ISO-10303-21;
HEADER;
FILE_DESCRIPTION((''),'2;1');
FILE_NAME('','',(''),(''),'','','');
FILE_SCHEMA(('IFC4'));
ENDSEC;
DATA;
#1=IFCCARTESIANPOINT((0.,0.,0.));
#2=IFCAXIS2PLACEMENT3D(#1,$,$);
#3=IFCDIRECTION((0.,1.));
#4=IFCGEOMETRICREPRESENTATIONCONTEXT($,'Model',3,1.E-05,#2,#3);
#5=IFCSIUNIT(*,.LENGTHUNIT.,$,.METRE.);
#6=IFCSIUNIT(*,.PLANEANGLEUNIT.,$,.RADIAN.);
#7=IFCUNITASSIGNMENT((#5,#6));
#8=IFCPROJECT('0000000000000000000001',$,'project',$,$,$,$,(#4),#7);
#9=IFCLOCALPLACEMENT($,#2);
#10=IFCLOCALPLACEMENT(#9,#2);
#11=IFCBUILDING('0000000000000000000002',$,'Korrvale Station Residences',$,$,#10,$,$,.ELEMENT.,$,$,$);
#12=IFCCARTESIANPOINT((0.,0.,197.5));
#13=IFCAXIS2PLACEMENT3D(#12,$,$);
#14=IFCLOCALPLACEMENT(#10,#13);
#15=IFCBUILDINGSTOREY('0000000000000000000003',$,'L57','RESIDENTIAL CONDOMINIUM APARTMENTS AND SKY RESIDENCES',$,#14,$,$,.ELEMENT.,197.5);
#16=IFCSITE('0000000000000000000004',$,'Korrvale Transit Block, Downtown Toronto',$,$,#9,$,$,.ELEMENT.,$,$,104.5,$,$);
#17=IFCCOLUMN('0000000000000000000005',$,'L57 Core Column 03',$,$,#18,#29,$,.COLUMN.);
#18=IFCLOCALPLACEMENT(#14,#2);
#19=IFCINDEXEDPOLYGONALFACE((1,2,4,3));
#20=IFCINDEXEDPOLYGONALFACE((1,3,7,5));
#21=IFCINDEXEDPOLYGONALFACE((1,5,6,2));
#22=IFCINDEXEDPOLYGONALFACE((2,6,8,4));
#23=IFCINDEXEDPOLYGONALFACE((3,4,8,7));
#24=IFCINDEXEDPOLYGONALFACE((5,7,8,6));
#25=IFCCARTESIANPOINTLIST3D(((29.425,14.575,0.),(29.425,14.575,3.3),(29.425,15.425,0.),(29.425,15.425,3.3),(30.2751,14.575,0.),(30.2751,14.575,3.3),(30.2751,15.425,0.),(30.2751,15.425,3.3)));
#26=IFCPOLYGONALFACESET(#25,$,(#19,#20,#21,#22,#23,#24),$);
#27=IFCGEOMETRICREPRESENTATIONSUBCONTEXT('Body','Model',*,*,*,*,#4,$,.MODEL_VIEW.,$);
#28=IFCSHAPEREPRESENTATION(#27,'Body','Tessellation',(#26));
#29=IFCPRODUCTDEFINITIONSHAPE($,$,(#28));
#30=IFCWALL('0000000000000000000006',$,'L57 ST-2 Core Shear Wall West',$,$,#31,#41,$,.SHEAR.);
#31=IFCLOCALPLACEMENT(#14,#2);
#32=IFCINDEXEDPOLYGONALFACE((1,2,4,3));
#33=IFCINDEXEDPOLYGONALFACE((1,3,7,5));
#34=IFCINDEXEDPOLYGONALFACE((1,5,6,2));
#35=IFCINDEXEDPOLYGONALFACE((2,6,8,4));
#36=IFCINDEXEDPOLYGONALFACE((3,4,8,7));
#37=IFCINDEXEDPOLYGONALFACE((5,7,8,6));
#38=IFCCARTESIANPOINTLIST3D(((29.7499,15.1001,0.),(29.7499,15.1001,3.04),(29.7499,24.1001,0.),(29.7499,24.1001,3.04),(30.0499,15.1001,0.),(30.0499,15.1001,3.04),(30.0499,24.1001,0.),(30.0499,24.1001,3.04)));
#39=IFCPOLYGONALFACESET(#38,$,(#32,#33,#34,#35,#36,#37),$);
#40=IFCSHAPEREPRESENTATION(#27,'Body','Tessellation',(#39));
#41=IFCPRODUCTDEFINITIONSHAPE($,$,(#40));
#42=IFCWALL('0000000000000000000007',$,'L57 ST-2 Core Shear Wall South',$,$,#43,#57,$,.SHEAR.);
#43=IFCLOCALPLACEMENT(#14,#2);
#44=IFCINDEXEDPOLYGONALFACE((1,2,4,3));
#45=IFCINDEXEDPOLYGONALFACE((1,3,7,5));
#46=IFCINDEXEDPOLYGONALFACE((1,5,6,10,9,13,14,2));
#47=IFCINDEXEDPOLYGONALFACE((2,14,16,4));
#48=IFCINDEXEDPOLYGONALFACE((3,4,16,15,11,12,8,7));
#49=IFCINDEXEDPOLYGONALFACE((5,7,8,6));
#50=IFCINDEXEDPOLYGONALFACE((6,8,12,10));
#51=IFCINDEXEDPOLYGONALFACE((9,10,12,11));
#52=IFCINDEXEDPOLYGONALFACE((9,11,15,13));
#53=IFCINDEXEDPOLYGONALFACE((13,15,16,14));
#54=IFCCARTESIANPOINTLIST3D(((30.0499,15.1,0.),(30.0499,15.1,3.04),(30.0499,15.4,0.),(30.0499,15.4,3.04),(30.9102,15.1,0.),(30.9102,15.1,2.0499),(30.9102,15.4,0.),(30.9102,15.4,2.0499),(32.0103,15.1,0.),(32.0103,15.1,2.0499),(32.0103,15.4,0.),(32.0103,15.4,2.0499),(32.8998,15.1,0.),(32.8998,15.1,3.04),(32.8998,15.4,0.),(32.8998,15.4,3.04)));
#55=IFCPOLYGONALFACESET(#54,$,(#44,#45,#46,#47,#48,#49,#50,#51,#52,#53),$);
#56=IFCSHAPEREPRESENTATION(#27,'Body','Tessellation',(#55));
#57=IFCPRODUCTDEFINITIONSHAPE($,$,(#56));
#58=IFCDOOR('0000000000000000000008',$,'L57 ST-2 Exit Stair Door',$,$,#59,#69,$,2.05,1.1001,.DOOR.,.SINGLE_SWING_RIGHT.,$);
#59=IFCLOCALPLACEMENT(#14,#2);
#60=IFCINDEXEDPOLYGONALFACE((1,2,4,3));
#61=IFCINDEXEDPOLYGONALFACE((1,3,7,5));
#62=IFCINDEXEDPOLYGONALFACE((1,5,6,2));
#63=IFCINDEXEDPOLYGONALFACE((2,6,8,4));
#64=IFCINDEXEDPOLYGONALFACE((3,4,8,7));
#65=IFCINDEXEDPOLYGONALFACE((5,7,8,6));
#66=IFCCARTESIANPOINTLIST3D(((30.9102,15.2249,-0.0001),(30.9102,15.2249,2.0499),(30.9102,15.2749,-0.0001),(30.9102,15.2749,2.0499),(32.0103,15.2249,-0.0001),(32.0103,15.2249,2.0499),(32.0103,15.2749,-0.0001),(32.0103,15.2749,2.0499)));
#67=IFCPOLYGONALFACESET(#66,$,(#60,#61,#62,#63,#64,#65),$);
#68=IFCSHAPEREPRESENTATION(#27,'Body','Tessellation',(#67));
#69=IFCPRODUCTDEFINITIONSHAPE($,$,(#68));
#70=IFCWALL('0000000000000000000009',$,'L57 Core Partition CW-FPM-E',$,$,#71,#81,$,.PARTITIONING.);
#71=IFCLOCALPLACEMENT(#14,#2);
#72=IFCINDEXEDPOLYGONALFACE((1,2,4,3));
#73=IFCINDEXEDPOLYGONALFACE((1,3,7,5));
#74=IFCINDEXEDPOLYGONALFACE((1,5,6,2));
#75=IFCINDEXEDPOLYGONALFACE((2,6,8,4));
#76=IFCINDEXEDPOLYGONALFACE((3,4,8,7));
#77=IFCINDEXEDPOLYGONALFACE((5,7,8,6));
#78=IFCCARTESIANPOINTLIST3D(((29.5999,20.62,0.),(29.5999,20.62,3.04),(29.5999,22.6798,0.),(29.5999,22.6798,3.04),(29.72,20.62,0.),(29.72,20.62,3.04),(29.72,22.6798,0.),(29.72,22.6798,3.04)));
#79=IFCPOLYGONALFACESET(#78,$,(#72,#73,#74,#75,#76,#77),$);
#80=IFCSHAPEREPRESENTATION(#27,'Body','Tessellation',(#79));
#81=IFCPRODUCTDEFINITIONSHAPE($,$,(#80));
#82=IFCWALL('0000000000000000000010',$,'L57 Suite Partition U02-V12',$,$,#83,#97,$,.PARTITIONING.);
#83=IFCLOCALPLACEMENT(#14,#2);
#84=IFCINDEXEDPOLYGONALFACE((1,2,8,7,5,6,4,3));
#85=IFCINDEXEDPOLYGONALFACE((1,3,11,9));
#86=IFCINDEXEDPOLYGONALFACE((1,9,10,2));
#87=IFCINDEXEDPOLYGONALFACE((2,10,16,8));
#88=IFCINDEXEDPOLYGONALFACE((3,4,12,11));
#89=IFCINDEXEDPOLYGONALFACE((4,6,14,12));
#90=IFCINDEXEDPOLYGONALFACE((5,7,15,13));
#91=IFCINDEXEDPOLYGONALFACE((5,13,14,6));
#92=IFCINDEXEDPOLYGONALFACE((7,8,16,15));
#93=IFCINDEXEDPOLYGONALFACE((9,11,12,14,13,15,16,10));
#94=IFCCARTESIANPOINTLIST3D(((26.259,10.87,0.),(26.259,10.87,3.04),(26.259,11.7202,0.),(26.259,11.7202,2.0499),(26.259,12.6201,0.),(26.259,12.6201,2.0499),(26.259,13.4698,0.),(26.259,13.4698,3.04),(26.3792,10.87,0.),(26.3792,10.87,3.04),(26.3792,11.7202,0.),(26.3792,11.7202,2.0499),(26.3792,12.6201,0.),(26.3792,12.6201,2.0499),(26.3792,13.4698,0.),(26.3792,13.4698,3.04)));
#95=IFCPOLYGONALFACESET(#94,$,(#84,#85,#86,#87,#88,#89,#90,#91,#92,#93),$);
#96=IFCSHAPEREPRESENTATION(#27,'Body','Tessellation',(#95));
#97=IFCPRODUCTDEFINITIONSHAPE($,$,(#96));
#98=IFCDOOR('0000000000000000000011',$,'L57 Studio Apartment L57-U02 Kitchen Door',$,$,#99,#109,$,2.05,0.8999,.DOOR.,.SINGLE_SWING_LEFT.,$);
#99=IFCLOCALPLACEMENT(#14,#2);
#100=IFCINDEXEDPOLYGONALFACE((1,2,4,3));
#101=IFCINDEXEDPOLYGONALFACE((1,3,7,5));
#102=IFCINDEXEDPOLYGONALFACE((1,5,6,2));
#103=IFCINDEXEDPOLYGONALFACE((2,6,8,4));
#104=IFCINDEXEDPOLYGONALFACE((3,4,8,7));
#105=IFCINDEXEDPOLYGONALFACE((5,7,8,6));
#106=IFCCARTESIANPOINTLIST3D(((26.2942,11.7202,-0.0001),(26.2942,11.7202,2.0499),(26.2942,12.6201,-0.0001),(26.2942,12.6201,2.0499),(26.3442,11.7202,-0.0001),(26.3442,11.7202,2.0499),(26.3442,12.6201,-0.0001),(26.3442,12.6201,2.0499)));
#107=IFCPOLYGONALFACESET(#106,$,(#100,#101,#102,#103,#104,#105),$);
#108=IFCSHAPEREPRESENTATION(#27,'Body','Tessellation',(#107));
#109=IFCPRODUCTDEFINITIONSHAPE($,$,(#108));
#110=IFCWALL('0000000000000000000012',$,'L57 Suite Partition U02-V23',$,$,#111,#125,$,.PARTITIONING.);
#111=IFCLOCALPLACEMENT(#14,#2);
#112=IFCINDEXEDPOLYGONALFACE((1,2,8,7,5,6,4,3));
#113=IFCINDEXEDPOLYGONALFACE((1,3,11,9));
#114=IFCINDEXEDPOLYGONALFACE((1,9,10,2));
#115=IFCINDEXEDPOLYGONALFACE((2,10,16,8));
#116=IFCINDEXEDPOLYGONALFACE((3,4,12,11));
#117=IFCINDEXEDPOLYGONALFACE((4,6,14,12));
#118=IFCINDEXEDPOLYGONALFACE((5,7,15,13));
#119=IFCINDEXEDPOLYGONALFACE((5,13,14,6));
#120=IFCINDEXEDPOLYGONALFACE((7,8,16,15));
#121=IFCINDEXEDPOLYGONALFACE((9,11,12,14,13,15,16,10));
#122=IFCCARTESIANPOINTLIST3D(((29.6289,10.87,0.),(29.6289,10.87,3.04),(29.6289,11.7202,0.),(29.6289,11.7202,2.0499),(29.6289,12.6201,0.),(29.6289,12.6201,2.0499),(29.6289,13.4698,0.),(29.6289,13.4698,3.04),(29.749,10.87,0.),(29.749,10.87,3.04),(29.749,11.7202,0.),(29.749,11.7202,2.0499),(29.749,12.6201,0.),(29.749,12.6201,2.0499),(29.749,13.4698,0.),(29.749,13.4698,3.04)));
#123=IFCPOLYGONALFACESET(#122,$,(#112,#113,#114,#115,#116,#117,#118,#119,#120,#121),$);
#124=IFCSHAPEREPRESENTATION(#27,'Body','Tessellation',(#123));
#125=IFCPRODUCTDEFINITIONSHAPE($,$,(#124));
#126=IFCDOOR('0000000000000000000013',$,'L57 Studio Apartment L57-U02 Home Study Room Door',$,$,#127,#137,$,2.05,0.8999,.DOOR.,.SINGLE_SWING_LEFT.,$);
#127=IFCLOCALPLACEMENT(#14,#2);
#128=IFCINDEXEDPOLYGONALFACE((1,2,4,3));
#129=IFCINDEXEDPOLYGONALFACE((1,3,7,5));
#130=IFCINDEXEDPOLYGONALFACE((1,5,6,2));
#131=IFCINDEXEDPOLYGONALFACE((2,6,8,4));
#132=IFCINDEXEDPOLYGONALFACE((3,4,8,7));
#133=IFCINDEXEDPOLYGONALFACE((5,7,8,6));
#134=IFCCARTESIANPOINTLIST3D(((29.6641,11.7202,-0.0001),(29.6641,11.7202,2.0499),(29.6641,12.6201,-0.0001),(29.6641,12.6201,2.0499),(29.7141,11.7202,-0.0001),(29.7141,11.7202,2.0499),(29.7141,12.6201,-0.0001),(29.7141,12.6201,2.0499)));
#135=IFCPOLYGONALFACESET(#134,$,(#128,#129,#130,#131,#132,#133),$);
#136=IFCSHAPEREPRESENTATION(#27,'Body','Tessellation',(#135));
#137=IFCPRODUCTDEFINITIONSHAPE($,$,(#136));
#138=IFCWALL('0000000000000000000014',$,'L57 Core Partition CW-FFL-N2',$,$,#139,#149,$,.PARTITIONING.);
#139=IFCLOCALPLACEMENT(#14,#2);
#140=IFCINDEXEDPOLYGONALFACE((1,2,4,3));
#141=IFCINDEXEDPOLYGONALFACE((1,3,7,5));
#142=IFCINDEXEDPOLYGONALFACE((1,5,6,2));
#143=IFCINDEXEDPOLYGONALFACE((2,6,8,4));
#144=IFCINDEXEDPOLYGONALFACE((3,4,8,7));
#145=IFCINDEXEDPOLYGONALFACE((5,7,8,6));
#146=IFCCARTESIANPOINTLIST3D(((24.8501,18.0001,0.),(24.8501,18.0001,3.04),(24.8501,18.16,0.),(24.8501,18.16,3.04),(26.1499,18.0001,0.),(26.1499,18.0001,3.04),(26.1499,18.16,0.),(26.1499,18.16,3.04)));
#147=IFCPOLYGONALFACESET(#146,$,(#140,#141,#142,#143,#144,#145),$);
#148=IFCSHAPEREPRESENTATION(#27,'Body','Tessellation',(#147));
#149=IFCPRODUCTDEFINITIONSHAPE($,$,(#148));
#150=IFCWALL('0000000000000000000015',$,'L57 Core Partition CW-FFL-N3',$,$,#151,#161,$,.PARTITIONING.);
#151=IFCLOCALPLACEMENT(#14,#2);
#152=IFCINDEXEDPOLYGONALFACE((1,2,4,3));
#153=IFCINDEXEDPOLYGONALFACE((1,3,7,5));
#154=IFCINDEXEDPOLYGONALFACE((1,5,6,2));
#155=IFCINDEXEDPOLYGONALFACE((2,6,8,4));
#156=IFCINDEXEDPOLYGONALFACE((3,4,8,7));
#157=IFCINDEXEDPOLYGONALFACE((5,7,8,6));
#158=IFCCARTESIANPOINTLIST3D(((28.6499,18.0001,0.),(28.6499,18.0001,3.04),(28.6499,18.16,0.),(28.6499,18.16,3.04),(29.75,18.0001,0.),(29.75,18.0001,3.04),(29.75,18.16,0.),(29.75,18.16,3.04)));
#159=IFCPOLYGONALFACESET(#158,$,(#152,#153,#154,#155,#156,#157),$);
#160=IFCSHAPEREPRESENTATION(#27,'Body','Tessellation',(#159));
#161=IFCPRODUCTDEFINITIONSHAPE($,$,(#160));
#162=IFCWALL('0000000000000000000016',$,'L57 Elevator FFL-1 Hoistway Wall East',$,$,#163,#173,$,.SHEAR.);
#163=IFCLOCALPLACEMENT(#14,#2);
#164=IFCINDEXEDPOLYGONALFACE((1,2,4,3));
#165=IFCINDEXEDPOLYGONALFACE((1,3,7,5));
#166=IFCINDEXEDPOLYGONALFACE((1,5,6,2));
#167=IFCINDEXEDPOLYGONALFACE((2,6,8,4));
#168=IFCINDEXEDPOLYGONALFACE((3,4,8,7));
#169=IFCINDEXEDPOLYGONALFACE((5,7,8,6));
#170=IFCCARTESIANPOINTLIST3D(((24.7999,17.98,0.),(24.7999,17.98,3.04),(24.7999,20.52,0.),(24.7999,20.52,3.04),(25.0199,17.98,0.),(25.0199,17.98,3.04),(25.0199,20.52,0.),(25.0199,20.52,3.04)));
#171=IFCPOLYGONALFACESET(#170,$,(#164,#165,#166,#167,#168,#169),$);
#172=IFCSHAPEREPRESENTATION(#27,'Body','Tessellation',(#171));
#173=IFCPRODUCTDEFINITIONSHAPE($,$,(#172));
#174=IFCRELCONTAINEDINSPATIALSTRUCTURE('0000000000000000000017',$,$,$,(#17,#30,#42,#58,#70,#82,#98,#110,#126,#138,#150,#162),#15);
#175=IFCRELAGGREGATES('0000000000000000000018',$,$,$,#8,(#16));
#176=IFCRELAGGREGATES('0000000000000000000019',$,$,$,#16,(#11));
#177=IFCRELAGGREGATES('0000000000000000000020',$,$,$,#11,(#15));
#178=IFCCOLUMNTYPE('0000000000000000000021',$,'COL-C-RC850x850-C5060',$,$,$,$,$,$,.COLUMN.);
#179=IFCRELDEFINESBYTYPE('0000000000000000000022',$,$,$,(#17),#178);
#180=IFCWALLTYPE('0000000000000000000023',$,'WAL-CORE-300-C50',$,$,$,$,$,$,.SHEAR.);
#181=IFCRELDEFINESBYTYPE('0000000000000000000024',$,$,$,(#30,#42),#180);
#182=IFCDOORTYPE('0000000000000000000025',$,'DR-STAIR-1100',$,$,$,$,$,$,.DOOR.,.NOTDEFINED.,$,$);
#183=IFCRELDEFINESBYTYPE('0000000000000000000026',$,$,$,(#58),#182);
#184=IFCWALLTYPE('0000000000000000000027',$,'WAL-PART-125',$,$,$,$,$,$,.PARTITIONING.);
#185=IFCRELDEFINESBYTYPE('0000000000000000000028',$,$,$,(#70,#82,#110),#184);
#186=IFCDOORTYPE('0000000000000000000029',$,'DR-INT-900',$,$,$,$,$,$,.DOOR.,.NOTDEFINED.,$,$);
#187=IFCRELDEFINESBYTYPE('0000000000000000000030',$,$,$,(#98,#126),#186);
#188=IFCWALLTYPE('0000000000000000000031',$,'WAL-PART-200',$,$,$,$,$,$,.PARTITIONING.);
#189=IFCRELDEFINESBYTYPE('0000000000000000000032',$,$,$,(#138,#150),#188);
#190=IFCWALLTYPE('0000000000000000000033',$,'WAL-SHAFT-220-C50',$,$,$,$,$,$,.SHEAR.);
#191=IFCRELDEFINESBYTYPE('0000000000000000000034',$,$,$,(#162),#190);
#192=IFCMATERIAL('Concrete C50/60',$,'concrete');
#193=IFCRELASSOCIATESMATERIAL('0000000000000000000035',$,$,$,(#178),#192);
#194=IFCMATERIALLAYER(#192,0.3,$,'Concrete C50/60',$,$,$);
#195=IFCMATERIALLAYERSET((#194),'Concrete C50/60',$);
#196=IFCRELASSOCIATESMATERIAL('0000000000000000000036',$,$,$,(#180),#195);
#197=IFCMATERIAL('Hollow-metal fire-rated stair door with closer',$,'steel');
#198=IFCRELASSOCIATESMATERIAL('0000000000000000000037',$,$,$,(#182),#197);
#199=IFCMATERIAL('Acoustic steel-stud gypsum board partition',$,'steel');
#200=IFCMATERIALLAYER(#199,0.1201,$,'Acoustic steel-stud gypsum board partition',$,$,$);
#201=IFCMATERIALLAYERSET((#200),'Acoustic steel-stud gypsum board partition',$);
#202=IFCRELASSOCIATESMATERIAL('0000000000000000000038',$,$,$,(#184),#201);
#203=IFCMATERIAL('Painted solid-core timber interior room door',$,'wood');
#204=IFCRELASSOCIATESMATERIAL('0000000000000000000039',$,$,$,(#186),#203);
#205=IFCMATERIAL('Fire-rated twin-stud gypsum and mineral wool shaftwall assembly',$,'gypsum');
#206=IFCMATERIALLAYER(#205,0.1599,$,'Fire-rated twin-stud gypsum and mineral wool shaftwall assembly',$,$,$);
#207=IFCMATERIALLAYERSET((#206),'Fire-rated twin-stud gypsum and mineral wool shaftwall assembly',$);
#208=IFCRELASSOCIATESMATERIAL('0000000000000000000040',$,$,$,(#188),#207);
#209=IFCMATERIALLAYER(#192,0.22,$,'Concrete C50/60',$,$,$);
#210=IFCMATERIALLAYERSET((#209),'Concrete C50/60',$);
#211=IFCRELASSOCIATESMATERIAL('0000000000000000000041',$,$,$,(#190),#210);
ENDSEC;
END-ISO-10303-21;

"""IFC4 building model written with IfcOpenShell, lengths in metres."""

from ifc_helpers import new_model, si_unit, direction, frame, frame_2d, origin, origin_2d, place, context, subcontext, project, spatial, rectangle, extrude, material, layer, layer_set, material_profile, profile_set, type_object, element, fill, save


model = new_model("IFC4")

# Units and contexts
model_context = context("Model", 3, precision=1e-05, world=origin(), true_north=direction((0.0, 1.0)))
body_context = subcontext(model_context, "Body", "Model", "MODEL_VIEW")
ifc_project = project(units=[si_unit("LENGTHUNIT", "METRE"), si_unit("PLANEANGLEUNIT", "RADIAN")], contexts=[model_context])

# Site, building, storey
site_placement = place(None, origin())
site = spatial("IfcSite", under=ifc_project, at=site_placement, Name="Korrvale Transit Block, Downtown Toronto", CompositionType="ELEMENT", RefElevation=104.5)
building_placement = place(site_placement, origin())
building = spatial("IfcBuilding", under=site, at=building_placement, Name="Korrvale Station Residences", CompositionType="ELEMENT")
storey_placement = place(building_placement, frame((0.0, 0.0, 197.5)))
storey = spatial("IfcBuildingStorey", under=building, at=storey_placement, Name="L57", Description="RESIDENTIAL CONDOMINIUM APARTMENTS AND SKY RESIDENCES", CompositionType="ELEMENT", Elevation=197.5)

# Column
ifc_material_1 = material(Name="Concrete C50/60", Category="concrete")
ifc_material_profile = material_profile(ifc_material_1, rectangle(XDim=0.8501, YDim=0.8501, at=origin_2d()), Name="RC850x850")
ifc_profile_set = profile_set([ifc_material_profile], Name="Concrete C50/60")
column_type = type_object("IfcColumnType", Name="COL-C-RC850x850-C5060", PredefinedType="COLUMN", material=ifc_profile_set)
column_placement = place(storey_placement, frame((29.8501, 15.0, 0.0), z_axis=(0.0, 0.0, 1.0), x_axis=(1.0, 0.0, 0.0)))
element("IfcColumn", 1, at=column_placement, inside=storey, type_object=column_type, Name="L57 Core Column 03", PredefinedType="COLUMN", context=body_context, shape_type="SweptSolid", body=[
    extrude(rectangle(XDim=0.8501, YDim=0.8501, at=origin_2d()), origin(), (0.0, 0.0, 1.0), 3.3),
])

# Wall
ifc_layer_1 = layer(ifc_material_1, 0.3, Name="Concrete C50/60")
ifc_layer_set_1 = layer_set([ifc_layer_1], Name="Concrete C50/60")
wall_type_1 = type_object("IfcWallType", Name="WAL-CORE-300-C50", PredefinedType="SHEAR", material=ifc_layer_set_1)
wall_1_placement = place(storey_placement, frame((29.8999, 15.1001, 0.0), z_axis=(0.0, 0.0, 1.0), x_axis=(0.0, 1.0, 0.0)))
element("IfcWall", 2, at=wall_1_placement, inside=storey, type_object=wall_type_1, Name="L57 ST-2 Core Shear Wall West", PredefinedType="SHEAR", context=body_context, shape_type="SweptSolid", body=[
    extrude(rectangle(XDim=9.0, YDim=0.3, at=frame_2d((4.5, 0.0))), origin(), (0.0, 0.0, 1.0), 3.04),
])

# Wall, opening, door
wall_2_placement = place(storey_placement, frame((30.05, 15.25, 0.0), z_axis=(0.0, 0.0, 1.0), x_axis=(1.0, 0.0, 0.0)))
wall_2 = element("IfcWall", 3, at=wall_2_placement, inside=storey, type_object=wall_type_1, Name="L57 ST-2 Core Shear Wall South", PredefinedType="SHEAR", context=body_context, shape_type="SweptSolid", body=[
    extrude(rectangle(XDim=2.8499, YDim=0.3, at=frame_2d((1.4248, 0.0))), origin(), (0.0, 0.0, 1.0), 3.04),
])
opening_1_placement = place(wall_2_placement, frame((0.8601, 0.0, 0.0)))
opening_1 = element("IfcOpeningElement", 4, at=opening_1_placement, cuts=wall_2, PredefinedType="OPENING", context=body_context, shape_type="SweptSolid", body=[
    extrude(rectangle(XDim=1.1001, YDim=2.05, at=frame_2d((0.55, 1.0249))), frame((0.0, 0.1602, 0.0), z_axis=(0.0, -1.0, 0.0), x_axis=(1.0, 0.0, 0.0)), (0.0, 0.0, 1.0), 0.3201),
])
ifc_material_2 = material(Name="Hollow-metal fire-rated stair door with closer", Category="steel")
door_type_1 = type_object("IfcDoorType", Name="DR-STAIR-1100", OperationType="NOTDEFINED", PredefinedType="DOOR", material=ifc_material_2)
door_1_placement = place(opening_1_placement, origin())
door_1 = element("IfcDoor", 5, at=door_1_placement, inside=storey, type_object=door_type_1, Name="L57 ST-2 Exit Stair Door", OperationType="SINGLE_SWING_RIGHT", OverallHeight=2.05, OverallWidth=1.1001, PredefinedType="DOOR", context=body_context, shape_type="SweptSolid", body=[
    extrude(rectangle(XDim=1.1001, YDim=2.05, at=frame_2d((0.55, 1.0249))), frame((0.0, 0.0249, 0.0), z_axis=(0.0, -1.0, 0.0), x_axis=(1.0, 0.0, 0.0)), (0.0, 0.0, 1.0), 0.05),
])
fill(opening_1, door_1)

# Wall
ifc_material_3 = material(Name="Acoustic steel-stud gypsum board partition", Category="steel")
ifc_layer_2 = layer(ifc_material_3, 0.1201, Name="Acoustic steel-stud gypsum board partition")
ifc_layer_set_2 = layer_set([ifc_layer_2], Name="Acoustic steel-stud gypsum board partition")
wall_type_2 = type_object("IfcWallType", Name="WAL-PART-125", PredefinedType="PARTITIONING", material=ifc_layer_set_2)
wall_3_placement = place(storey_placement, frame((29.6599, 20.6201, 0.0), z_axis=(0.0, 0.0, 1.0), x_axis=(0.0, 1.0, 0.0)))
element("IfcWall", 6, at=wall_3_placement, inside=storey, type_object=wall_type_2, Name="L57 Core Partition CW-FPM-E", PredefinedType="PARTITIONING", context=body_context, shape_type="SweptSolid", body=[
    extrude(rectangle(XDim=2.0598, YDim=0.1201, at=frame_2d((1.0298, 0.0))), origin(), (0.0, 0.0, 1.0), 3.04),
])

# Walls, openings, doors
wall_4_placement = place(storey_placement, frame((26.3191, 10.8701, 0.0), z_axis=(0.0, 0.0, 1.0), x_axis=(0.0, 1.0, 0.0)))
wall_4 = element("IfcWall", 7, at=wall_4_placement, inside=storey, type_object=wall_type_2, Name="L57 Suite Partition U02-V12", PredefinedType="PARTITIONING", context=body_context, shape_type="SweptSolid", body=[
    extrude(rectangle(XDim=2.5999, YDim=0.1201, at=frame_2d((1.2998, 0.0))), origin(), (0.0, 0.0, 1.0), 3.04),
])
opening_2_placement = place(wall_4_placement, frame((0.8501, 0.0, 0.0)))
opening_2 = element("IfcOpeningElement", 8, at=opening_2_placement, cuts=wall_4, PredefinedType="OPENING", context=body_context, shape_type="SweptSolid", body=[
    extrude(rectangle(XDim=0.8999, YDim=2.05, at=frame_2d((0.45, 1.0249))), frame((0.0, 0.0701, 0.0), z_axis=(0.0, -1.0, 0.0), x_axis=(1.0, 0.0, 0.0)), (0.0, 0.0, 1.0), 0.1401),
])
ifc_material_4 = material(Name="Painted solid-core timber interior room door", Category="wood")
door_type_2 = type_object("IfcDoorType", Name="DR-INT-900", OperationType="NOTDEFINED", PredefinedType="DOOR", material=ifc_material_4)
door_2_placement = place(opening_2_placement, origin())
door_2 = element("IfcDoor", 9, at=door_2_placement, inside=storey, type_object=door_type_2, Name="L57 Studio Apartment L57-U02 Kitchen Door", OperationType="SINGLE_SWING_LEFT", OverallHeight=2.05, OverallWidth=0.8999, PredefinedType="DOOR", context=body_context, shape_type="SweptSolid", body=[
    extrude(rectangle(XDim=0.8999, YDim=2.05, at=frame_2d((0.45, 1.0249))), frame((0.0, 0.0249, 0.0), z_axis=(0.0, -1.0, 0.0), x_axis=(1.0, 0.0, 0.0)), (0.0, 0.0, 1.0), 0.05),
])
fill(opening_2, door_2)
wall_5_placement = place(storey_placement, frame((29.689, 10.8701, 0.0), z_axis=(0.0, 0.0, 1.0), x_axis=(0.0, 1.0, 0.0)))
wall_5 = element("IfcWall", 10, at=wall_5_placement, inside=storey, type_object=wall_type_2, Name="L57 Suite Partition U02-V23", PredefinedType="PARTITIONING", context=body_context, shape_type="SweptSolid", body=[
    extrude(rectangle(XDim=2.5999, YDim=0.1201, at=frame_2d((1.2998, 0.0))), origin(), (0.0, 0.0, 1.0), 3.04),
])
opening_3_placement = place(wall_5_placement, frame((0.8501, 0.0, 0.0)))
opening_3 = element("IfcOpeningElement", 11, at=opening_3_placement, cuts=wall_5, PredefinedType="OPENING", context=body_context, shape_type="SweptSolid", body=[
    extrude(rectangle(XDim=0.8999, YDim=2.05, at=frame_2d((0.45, 1.0249))), frame((0.0, 0.0701, 0.0), z_axis=(0.0, -1.0, 0.0), x_axis=(1.0, 0.0, 0.0)), (0.0, 0.0, 1.0), 0.1401),
])
door_3_placement = place(opening_3_placement, origin())
door_3 = element("IfcDoor", 12, at=door_3_placement, inside=storey, type_object=door_type_2, Name="L57 Studio Apartment L57-U02 Home Study Room Door", OperationType="SINGLE_SWING_LEFT", OverallHeight=2.05, OverallWidth=0.8999, PredefinedType="DOOR", context=body_context, shape_type="SweptSolid", body=[
    extrude(rectangle(XDim=0.8999, YDim=2.05, at=frame_2d((0.45, 1.0249))), frame((0.0, 0.0249, 0.0), z_axis=(0.0, -1.0, 0.0), x_axis=(1.0, 0.0, 0.0)), (0.0, 0.0, 1.0), 0.05),
])
fill(opening_3, door_3)

# Walls
ifc_material_5 = material(Name="Fire-rated twin-stud gypsum and mineral wool shaftwall assembly", Category="gypsum")
ifc_layer_3 = layer(ifc_material_5, 0.1599, Name="Fire-rated twin-stud gypsum and mineral wool shaftwall assembly")
ifc_layer_set_3 = layer_set([ifc_layer_3], Name="Fire-rated twin-stud gypsum and mineral wool shaftwall assembly")
wall_type_3 = type_object("IfcWallType", Name="WAL-PART-200", PredefinedType="PARTITIONING", material=ifc_layer_set_3)
wall_6_placement = place(storey_placement, frame((24.8501, 18.0801, 0.0), z_axis=(0.0, 0.0, 1.0), x_axis=(1.0, 0.0, 0.0)))
element("IfcWall", 13, at=wall_6_placement, inside=storey, type_object=wall_type_3, Name="L57 Core Partition CW-FFL-N2", PredefinedType="PARTITIONING", context=body_context, shape_type="SweptSolid", body=[
    extrude(rectangle(XDim=1.2998, YDim=0.1599, at=frame_2d((0.6499, 0.0))), origin(), (0.0, 0.0, 1.0), 3.04),
])
wall_7_placement = place(storey_placement, frame((28.6499, 18.0801, 0.0), z_axis=(0.0, 0.0, 1.0), x_axis=(1.0, 0.0, 0.0)))
element("IfcWall", 14, at=wall_7_placement, inside=storey, type_object=wall_type_3, Name="L57 Core Partition CW-FFL-N3", PredefinedType="PARTITIONING", context=body_context, shape_type="SweptSolid", body=[
    extrude(rectangle(XDim=1.1001, YDim=0.1599, at=frame_2d((0.55, 0.0))), origin(), (0.0, 0.0, 1.0), 3.04),
])
ifc_layer_4 = layer(ifc_material_1, 0.22, Name="Concrete C50/60")
ifc_layer_set_4 = layer_set([ifc_layer_4], Name="Concrete C50/60")
wall_type_4 = type_object("IfcWallType", Name="WAL-SHAFT-220-C50", PredefinedType="SHEAR", material=ifc_layer_set_4)
wall_8_placement = place(storey_placement, frame((24.9099, 17.98, 0.0), z_axis=(0.0, 0.0, 1.0), x_axis=(0.0, 1.0, 0.0)))
element("IfcWall", 15, at=wall_8_placement, inside=storey, type_object=wall_type_4, Name="L57 Elevator FFL-1 Hoistway Wall East", PredefinedType="SHEAR", context=body_context, shape_type="SweptSolid", body=[
    extrude(rectangle(XDim=2.54, YDim=0.22, at=frame_2d((1.27, 0.0))), origin(), (0.0, 0.0, 1.0), 3.04),
])

save(model, "model.ifc")
